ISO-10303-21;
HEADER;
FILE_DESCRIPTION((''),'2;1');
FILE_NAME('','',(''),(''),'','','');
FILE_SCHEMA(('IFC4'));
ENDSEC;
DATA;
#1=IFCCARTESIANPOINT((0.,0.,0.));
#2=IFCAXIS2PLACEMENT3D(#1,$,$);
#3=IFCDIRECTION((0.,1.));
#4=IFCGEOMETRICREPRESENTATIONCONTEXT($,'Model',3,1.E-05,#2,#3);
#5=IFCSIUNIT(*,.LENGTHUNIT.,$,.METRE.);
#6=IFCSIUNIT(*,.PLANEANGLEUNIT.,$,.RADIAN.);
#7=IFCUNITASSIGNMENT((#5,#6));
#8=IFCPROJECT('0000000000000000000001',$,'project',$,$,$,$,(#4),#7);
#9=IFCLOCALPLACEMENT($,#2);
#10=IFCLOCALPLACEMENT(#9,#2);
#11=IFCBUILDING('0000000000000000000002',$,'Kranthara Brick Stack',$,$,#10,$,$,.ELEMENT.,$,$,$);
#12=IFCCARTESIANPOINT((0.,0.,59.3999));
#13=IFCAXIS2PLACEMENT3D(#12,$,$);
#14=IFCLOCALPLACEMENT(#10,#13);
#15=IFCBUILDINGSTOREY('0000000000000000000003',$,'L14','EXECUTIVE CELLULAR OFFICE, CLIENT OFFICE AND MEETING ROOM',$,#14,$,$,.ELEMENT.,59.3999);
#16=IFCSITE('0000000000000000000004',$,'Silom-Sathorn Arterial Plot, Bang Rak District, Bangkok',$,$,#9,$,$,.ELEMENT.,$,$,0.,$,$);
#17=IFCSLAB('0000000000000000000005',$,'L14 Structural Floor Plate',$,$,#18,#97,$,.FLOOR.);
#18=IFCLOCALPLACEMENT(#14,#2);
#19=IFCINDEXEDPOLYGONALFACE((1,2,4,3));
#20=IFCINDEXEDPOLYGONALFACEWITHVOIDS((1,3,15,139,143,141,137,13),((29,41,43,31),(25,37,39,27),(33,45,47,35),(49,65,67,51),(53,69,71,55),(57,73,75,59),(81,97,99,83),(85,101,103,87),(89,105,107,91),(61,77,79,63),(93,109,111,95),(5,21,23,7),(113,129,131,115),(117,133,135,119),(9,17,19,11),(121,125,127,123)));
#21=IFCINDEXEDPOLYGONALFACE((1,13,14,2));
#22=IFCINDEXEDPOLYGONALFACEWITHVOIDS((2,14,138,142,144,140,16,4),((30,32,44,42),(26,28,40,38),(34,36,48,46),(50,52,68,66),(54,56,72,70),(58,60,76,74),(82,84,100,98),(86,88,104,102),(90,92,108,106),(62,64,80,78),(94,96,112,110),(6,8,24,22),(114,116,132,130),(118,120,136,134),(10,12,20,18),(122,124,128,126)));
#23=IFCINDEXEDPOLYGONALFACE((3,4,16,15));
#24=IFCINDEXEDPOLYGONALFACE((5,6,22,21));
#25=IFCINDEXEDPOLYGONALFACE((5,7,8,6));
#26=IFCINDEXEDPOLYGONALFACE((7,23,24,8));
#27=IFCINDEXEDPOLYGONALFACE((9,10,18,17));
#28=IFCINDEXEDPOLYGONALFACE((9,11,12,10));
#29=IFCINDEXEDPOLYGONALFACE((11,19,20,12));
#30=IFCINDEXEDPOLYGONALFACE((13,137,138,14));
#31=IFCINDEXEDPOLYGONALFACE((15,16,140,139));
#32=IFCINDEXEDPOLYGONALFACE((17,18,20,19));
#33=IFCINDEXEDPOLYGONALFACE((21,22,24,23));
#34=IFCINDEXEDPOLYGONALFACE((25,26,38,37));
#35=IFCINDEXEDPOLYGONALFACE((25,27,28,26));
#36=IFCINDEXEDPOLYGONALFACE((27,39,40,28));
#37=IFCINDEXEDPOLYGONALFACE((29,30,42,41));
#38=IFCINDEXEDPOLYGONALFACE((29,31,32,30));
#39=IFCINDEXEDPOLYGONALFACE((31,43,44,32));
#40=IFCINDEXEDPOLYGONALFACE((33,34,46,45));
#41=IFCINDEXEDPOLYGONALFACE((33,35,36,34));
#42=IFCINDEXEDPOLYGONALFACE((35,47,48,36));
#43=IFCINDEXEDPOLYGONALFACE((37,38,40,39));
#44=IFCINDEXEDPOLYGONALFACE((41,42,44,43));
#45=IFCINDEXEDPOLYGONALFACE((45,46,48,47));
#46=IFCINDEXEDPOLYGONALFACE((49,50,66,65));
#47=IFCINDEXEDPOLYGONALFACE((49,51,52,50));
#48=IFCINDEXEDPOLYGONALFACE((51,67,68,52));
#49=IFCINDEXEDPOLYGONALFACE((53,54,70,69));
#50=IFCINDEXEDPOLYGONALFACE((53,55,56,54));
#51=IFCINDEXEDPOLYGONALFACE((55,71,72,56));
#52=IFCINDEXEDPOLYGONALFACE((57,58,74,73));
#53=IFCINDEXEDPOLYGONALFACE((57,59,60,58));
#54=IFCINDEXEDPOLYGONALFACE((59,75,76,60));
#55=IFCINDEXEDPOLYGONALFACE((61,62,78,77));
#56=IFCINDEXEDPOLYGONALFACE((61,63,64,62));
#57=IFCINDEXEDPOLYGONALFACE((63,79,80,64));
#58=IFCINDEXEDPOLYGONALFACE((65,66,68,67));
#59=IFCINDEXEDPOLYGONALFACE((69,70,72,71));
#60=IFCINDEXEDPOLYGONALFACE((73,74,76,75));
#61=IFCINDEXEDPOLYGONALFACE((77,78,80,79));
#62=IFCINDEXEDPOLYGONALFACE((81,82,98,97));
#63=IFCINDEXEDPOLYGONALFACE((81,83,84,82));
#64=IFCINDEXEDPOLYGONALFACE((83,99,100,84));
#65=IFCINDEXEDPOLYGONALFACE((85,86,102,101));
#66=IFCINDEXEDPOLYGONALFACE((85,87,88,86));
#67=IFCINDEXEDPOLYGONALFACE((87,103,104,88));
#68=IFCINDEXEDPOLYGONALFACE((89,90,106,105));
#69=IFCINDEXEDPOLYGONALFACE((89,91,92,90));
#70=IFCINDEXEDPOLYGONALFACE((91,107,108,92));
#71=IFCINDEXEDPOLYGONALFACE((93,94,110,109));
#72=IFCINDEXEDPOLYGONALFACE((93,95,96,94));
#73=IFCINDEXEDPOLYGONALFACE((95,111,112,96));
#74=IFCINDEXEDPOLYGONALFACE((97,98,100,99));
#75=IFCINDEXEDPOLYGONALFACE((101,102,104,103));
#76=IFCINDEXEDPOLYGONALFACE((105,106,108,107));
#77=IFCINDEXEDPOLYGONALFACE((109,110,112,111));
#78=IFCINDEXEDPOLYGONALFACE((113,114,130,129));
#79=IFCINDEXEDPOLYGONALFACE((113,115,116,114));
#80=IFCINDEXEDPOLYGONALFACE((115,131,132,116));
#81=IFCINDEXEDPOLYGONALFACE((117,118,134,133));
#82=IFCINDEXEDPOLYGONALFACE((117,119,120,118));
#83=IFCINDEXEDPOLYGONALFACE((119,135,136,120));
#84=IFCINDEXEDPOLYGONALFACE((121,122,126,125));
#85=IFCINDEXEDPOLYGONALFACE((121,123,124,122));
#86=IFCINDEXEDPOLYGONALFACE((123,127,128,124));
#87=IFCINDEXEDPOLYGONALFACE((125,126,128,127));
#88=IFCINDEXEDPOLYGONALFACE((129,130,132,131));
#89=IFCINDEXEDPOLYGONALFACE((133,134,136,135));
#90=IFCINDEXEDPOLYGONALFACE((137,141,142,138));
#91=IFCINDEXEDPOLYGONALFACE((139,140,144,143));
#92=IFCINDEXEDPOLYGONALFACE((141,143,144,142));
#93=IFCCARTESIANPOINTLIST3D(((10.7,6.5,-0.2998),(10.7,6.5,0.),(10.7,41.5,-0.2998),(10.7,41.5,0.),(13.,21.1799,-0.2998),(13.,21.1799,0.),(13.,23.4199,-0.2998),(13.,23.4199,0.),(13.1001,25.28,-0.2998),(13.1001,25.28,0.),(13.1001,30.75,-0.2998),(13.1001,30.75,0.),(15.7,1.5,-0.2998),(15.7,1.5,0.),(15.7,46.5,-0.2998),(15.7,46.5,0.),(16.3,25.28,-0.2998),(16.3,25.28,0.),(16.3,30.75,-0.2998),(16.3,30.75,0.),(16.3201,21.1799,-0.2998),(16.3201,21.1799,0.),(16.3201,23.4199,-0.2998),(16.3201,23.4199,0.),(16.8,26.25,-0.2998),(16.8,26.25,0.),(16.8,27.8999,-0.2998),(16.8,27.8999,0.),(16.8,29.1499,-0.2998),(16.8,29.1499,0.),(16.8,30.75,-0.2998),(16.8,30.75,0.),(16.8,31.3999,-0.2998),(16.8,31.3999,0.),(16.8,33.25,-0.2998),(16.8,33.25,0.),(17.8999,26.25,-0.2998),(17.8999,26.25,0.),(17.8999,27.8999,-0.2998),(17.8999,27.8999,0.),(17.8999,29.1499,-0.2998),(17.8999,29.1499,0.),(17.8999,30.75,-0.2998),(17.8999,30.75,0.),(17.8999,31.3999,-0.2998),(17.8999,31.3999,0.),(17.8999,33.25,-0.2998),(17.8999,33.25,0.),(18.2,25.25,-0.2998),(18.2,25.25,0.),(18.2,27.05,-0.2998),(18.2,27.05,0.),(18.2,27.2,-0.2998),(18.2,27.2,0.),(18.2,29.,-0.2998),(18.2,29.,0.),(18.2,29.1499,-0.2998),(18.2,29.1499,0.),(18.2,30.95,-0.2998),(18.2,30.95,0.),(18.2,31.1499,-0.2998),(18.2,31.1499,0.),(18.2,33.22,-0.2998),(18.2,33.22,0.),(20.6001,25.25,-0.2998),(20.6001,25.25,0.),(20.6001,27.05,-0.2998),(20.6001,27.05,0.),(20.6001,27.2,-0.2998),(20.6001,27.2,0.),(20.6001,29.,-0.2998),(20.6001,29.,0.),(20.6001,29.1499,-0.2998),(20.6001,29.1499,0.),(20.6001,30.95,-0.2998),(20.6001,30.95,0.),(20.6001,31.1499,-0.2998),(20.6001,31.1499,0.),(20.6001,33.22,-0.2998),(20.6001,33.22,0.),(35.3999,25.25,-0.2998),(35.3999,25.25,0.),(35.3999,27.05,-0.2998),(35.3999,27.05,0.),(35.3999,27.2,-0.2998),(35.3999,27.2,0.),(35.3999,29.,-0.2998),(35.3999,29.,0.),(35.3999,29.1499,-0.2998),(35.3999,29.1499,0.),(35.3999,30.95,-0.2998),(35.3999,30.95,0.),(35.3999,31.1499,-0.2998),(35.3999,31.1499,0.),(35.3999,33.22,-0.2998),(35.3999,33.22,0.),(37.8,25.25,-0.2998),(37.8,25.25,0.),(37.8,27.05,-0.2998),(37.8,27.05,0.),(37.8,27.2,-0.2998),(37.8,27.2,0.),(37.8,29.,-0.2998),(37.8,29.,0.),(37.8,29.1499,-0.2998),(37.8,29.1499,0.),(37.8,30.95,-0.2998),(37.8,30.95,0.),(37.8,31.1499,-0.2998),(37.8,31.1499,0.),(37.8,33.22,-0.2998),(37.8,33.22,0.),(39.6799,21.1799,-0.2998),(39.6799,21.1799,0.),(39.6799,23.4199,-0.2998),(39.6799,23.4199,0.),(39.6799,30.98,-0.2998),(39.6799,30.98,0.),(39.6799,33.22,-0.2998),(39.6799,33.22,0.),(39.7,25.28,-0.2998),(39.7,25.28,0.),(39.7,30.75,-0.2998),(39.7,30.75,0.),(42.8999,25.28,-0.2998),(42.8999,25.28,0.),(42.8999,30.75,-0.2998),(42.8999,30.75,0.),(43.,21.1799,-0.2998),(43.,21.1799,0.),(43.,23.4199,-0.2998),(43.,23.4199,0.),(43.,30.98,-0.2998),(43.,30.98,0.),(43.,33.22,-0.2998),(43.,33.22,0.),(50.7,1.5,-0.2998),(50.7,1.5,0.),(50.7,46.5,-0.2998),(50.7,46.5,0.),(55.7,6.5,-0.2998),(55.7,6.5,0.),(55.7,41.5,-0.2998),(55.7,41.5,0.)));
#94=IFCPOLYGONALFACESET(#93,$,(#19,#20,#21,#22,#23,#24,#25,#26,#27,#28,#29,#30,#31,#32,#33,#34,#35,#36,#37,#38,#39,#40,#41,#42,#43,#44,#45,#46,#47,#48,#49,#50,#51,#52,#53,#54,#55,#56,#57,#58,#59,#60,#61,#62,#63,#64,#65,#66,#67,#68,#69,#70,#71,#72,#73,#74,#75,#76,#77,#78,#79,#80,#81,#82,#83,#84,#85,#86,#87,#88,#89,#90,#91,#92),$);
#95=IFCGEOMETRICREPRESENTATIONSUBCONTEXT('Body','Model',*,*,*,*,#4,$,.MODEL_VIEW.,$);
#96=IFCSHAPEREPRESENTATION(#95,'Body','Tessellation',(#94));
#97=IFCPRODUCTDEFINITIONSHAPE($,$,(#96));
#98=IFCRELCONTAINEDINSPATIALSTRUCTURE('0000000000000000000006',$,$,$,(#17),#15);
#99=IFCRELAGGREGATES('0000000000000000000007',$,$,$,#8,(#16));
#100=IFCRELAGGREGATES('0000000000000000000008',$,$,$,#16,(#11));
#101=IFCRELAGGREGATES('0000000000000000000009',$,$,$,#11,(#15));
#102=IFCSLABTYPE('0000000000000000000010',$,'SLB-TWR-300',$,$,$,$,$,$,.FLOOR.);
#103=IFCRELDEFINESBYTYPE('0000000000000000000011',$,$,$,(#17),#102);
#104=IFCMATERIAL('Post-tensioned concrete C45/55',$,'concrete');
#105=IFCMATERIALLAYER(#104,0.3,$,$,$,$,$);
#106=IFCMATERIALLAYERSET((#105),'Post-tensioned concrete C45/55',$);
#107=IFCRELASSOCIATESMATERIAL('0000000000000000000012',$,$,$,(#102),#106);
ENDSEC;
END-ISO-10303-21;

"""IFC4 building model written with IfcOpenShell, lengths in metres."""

from ifc_helpers import new_model, si_unit, direction, frame, origin, place, context, subcontext, project, spatial, polyline, outline, extrude, material, layer, layer_set, type_object, element, save


model = new_model("IFC4")

# Units and contexts
model_context = context("Model", 3, precision=1e-05, world=origin(), true_north=direction((0.0, 1.0)))
body_context = subcontext(model_context, "Body", "Model", "MODEL_VIEW")
ifc_project = project(units=[si_unit("LENGTHUNIT", "METRE"), si_unit("PLANEANGLEUNIT", "RADIAN")], contexts=[model_context])

# Site, building, storey
site_placement = place(None, origin())
site = spatial("IfcSite", under=ifc_project, at=site_placement, Name="Silom-Sathorn Arterial Plot, Bang Rak District, Bangkok", CompositionType="ELEMENT", RefElevation=0.0)
building_placement = place(site_placement, origin())
building = spatial("IfcBuilding", under=site, at=building_placement, Name="Kranthara Brick Stack", CompositionType="ELEMENT")
storey_placement = place(building_placement, frame((0.0, 0.0, 59.3999)))
storey = spatial("IfcBuildingStorey", under=building, at=storey_placement, Name="L14", Description="EXECUTIVE CELLULAR OFFICE, CLIENT OFFICE AND MEETING ROOM", CompositionType="ELEMENT", Elevation=59.3999)

# Slab
ifc_material_1 = material(Name="Post-tensioned concrete C45/55", Category="concrete")
ifc_layer_1 = layer(ifc_material_1, 0.3)
ifc_layer_set_1 = layer_set([ifc_layer_1], Name="Post-tensioned concrete C45/55")
slab_type_1 = type_object("IfcSlabType", Name="SLB-TWR-300", PredefinedType="FLOOR", material=ifc_layer_set_1)
slab_1_placement = place(storey_placement, frame((0.0, 0.0, -0.2998)))
element("IfcSlab", 1, at=slab_1_placement, inside=storey, type_object=slab_type_1, Name="L14 Structural Floor Plate", PredefinedType="FLOOR", context=body_context, shape_type="SweptSolid", body=[
    extrude(outline(polyline([(15.7, 1.5), (50.7, 1.5), (55.7, 6.5), (55.7, 41.5), (50.7, 46.5), (15.7, 46.5), (10.7, 41.5), (10.7, 6.5), (15.7, 1.5)]), holes=[polyline([(13.1001, 25.28), (16.3, 25.28), (16.3, 30.75), (13.1001, 30.75), (13.1001, 25.28)]), polyline([(39.7, 25.28), (42.8999, 25.28), (42.8999, 30.75), (39.7, 30.75), (39.7, 25.28)]), polyline([(13.0, 21.1799), (16.3201, 21.1799), (16.3201, 23.4199), (13.0, 23.4199), (13.0, 21.1799)]), polyline([(39.6799, 21.1799), (43.0, 21.1799), (43.0, 23.4199), (39.6799, 23.4199), (39.6799, 21.1799)]), polyline([(39.6799, 30.98), (43.0, 30.98), (43.0, 33.22), (39.6799, 33.22), (39.6799, 30.98)]), polyline([(18.2, 25.25), (20.6001, 25.25), (20.6001, 27.05), (18.2, 27.05), (18.2, 25.25)]), polyline([(18.2, 27.2), (20.6001, 27.2), (20.6001, 29.0), (18.2, 29.0), (18.2, 27.2)]), polyline([(18.2, 29.1499), (20.6001, 29.1499), (20.6001, 30.95), (18.2, 30.95), (18.2, 29.1499)]), polyline([(35.3999, 25.25), (37.8, 25.25), (37.8, 27.05), (35.3999, 27.05), (35.3999, 25.25)]), polyline([(35.3999, 27.2), (37.8, 27.2), (37.8, 29.0), (35.3999, 29.0), (35.3999, 27.2)]), polyline([(35.3999, 29.1499), (37.8, 29.1499), (37.8, 30.95), (35.3999, 30.95), (35.3999, 29.1499)]), polyline([(18.2, 31.1499), (20.6001, 31.1499), (20.6001, 33.22), (18.2, 33.22), (18.2, 31.1499)]), polyline([(35.3999, 31.1499), (37.8, 31.1499), (37.8, 33.22), (35.3999, 33.22), (35.3999, 31.1499)]), polyline([(16.8, 26.25), (17.8999, 26.25), (17.8999, 27.8999), (16.8, 27.8999), (16.8, 26.25)]), polyline([(16.8, 29.1499), (17.8999, 29.1499), (17.8999, 30.75), (16.8, 30.75), (16.8, 29.1499)]), polyline([(16.8, 31.3999), (17.8999, 31.3999), (17.8999, 33.25), (16.8, 33.25), (16.8, 31.3999)])]), origin(), (0.0, 0.0, 1.0), 0.2998),
])

save(model, "model.ifc")
